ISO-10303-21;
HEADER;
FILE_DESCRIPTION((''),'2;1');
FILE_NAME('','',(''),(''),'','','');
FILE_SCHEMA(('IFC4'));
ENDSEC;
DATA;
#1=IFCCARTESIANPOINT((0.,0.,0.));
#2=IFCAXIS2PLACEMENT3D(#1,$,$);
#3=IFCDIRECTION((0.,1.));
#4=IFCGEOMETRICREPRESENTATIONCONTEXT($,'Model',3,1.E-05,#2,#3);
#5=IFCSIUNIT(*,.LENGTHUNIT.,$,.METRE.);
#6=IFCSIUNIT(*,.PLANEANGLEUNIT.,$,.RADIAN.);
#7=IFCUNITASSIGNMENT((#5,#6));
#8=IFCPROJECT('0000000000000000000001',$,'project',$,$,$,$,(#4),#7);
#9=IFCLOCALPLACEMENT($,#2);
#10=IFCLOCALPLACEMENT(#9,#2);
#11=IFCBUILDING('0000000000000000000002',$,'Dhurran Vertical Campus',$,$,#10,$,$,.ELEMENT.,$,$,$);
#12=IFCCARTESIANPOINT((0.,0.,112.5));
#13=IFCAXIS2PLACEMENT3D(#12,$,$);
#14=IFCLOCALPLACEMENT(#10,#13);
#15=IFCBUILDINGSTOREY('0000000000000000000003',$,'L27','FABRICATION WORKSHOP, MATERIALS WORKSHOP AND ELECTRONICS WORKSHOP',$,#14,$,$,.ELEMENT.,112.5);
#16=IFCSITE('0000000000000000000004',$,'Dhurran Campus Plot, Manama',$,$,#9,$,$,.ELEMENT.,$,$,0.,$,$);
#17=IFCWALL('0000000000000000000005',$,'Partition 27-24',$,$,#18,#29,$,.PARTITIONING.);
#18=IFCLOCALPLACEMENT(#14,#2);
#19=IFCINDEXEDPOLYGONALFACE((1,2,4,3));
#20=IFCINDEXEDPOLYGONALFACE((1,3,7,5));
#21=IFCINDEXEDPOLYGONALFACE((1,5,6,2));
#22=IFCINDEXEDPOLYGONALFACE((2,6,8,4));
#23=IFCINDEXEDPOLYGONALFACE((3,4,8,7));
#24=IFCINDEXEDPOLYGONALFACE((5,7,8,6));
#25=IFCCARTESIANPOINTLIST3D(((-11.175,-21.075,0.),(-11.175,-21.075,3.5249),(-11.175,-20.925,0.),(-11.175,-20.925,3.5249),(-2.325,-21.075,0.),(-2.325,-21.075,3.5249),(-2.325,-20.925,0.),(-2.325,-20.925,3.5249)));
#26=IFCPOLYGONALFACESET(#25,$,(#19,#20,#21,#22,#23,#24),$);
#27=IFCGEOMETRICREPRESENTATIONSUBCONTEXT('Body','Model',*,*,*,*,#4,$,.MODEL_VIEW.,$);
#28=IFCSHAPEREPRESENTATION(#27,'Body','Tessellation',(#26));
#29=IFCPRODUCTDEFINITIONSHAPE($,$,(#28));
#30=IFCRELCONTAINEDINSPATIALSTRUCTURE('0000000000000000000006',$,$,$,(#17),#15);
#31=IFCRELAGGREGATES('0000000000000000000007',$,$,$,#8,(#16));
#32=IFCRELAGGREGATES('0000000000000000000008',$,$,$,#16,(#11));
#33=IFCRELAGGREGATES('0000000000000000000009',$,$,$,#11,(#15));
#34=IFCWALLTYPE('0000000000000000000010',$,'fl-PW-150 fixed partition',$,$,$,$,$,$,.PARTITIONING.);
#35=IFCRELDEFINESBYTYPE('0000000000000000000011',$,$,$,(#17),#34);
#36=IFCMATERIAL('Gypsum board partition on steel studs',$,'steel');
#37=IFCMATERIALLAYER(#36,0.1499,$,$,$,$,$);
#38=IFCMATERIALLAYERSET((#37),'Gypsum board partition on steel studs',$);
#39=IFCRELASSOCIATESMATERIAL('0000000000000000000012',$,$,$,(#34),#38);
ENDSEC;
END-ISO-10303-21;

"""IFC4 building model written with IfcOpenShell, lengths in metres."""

from ifc_helpers import new_model, si_unit, direction, frame, frame_2d, origin, place, context, subcontext, project, spatial, rectangle, extrude, material, layer, layer_set, type_object, element, save


model = new_model("IFC4")

# Units and contexts
model_context = context("Model", 3, precision=1e-05, world=origin(), true_north=direction((0.0, 1.0)))
body_context = subcontext(model_context, "Body", "Model", "MODEL_VIEW")
ifc_project = project(units=[si_unit("LENGTHUNIT", "METRE"), si_unit("PLANEANGLEUNIT", "RADIAN")], contexts=[model_context])

# Site, building, storey
site_placement = place(None, origin())
site = spatial("IfcSite", under=ifc_project, at=site_placement, Name="Dhurran Campus Plot, Manama", CompositionType="ELEMENT", RefElevation=0.0)
building_placement = place(site_placement, origin())
building = spatial("IfcBuilding", under=site, at=building_placement, Name="Dhurran Vertical Campus", CompositionType="ELEMENT")
storey_placement = place(building_placement, frame((0.0, 0.0, 112.5)))
storey = spatial("IfcBuildingStorey", under=building, at=storey_placement, Name="L27", Description="FABRICATION WORKSHOP, MATERIALS WORKSHOP AND ELECTRONICS WORKSHOP", CompositionType="ELEMENT", Elevation=112.5)

# Wall
ifc_material_1 = material(Name="Gypsum board partition on steel studs", Category="steel")
ifc_layer_1 = layer(ifc_material_1, 0.1499)
ifc_layer_set_1 = layer_set([ifc_layer_1], Name="Gypsum board partition on steel studs")
wall_type_1 = type_object("IfcWallType", Name="fl-PW-150 fixed partition", PredefinedType="PARTITIONING", material=ifc_layer_set_1)
wall_1_placement = place(storey_placement, frame((-11.175, -21.0, 0.0), z_axis=(0.0, 0.0, 1.0), x_axis=(1.0, 0.0, 0.0)))
element("IfcWall", 1, at=wall_1_placement, inside=storey, type_object=wall_type_1, Name="Partition 27-24", PredefinedType="PARTITIONING", context=body_context, shape_type="SweptSolid", body=[
    extrude(rectangle(XDim=8.8501, YDim=0.1499, at=frame_2d((4.425, 0.0))), origin(), (0.0, 0.0, 1.0), 3.5249),
])

save(model, "model.ifc")
